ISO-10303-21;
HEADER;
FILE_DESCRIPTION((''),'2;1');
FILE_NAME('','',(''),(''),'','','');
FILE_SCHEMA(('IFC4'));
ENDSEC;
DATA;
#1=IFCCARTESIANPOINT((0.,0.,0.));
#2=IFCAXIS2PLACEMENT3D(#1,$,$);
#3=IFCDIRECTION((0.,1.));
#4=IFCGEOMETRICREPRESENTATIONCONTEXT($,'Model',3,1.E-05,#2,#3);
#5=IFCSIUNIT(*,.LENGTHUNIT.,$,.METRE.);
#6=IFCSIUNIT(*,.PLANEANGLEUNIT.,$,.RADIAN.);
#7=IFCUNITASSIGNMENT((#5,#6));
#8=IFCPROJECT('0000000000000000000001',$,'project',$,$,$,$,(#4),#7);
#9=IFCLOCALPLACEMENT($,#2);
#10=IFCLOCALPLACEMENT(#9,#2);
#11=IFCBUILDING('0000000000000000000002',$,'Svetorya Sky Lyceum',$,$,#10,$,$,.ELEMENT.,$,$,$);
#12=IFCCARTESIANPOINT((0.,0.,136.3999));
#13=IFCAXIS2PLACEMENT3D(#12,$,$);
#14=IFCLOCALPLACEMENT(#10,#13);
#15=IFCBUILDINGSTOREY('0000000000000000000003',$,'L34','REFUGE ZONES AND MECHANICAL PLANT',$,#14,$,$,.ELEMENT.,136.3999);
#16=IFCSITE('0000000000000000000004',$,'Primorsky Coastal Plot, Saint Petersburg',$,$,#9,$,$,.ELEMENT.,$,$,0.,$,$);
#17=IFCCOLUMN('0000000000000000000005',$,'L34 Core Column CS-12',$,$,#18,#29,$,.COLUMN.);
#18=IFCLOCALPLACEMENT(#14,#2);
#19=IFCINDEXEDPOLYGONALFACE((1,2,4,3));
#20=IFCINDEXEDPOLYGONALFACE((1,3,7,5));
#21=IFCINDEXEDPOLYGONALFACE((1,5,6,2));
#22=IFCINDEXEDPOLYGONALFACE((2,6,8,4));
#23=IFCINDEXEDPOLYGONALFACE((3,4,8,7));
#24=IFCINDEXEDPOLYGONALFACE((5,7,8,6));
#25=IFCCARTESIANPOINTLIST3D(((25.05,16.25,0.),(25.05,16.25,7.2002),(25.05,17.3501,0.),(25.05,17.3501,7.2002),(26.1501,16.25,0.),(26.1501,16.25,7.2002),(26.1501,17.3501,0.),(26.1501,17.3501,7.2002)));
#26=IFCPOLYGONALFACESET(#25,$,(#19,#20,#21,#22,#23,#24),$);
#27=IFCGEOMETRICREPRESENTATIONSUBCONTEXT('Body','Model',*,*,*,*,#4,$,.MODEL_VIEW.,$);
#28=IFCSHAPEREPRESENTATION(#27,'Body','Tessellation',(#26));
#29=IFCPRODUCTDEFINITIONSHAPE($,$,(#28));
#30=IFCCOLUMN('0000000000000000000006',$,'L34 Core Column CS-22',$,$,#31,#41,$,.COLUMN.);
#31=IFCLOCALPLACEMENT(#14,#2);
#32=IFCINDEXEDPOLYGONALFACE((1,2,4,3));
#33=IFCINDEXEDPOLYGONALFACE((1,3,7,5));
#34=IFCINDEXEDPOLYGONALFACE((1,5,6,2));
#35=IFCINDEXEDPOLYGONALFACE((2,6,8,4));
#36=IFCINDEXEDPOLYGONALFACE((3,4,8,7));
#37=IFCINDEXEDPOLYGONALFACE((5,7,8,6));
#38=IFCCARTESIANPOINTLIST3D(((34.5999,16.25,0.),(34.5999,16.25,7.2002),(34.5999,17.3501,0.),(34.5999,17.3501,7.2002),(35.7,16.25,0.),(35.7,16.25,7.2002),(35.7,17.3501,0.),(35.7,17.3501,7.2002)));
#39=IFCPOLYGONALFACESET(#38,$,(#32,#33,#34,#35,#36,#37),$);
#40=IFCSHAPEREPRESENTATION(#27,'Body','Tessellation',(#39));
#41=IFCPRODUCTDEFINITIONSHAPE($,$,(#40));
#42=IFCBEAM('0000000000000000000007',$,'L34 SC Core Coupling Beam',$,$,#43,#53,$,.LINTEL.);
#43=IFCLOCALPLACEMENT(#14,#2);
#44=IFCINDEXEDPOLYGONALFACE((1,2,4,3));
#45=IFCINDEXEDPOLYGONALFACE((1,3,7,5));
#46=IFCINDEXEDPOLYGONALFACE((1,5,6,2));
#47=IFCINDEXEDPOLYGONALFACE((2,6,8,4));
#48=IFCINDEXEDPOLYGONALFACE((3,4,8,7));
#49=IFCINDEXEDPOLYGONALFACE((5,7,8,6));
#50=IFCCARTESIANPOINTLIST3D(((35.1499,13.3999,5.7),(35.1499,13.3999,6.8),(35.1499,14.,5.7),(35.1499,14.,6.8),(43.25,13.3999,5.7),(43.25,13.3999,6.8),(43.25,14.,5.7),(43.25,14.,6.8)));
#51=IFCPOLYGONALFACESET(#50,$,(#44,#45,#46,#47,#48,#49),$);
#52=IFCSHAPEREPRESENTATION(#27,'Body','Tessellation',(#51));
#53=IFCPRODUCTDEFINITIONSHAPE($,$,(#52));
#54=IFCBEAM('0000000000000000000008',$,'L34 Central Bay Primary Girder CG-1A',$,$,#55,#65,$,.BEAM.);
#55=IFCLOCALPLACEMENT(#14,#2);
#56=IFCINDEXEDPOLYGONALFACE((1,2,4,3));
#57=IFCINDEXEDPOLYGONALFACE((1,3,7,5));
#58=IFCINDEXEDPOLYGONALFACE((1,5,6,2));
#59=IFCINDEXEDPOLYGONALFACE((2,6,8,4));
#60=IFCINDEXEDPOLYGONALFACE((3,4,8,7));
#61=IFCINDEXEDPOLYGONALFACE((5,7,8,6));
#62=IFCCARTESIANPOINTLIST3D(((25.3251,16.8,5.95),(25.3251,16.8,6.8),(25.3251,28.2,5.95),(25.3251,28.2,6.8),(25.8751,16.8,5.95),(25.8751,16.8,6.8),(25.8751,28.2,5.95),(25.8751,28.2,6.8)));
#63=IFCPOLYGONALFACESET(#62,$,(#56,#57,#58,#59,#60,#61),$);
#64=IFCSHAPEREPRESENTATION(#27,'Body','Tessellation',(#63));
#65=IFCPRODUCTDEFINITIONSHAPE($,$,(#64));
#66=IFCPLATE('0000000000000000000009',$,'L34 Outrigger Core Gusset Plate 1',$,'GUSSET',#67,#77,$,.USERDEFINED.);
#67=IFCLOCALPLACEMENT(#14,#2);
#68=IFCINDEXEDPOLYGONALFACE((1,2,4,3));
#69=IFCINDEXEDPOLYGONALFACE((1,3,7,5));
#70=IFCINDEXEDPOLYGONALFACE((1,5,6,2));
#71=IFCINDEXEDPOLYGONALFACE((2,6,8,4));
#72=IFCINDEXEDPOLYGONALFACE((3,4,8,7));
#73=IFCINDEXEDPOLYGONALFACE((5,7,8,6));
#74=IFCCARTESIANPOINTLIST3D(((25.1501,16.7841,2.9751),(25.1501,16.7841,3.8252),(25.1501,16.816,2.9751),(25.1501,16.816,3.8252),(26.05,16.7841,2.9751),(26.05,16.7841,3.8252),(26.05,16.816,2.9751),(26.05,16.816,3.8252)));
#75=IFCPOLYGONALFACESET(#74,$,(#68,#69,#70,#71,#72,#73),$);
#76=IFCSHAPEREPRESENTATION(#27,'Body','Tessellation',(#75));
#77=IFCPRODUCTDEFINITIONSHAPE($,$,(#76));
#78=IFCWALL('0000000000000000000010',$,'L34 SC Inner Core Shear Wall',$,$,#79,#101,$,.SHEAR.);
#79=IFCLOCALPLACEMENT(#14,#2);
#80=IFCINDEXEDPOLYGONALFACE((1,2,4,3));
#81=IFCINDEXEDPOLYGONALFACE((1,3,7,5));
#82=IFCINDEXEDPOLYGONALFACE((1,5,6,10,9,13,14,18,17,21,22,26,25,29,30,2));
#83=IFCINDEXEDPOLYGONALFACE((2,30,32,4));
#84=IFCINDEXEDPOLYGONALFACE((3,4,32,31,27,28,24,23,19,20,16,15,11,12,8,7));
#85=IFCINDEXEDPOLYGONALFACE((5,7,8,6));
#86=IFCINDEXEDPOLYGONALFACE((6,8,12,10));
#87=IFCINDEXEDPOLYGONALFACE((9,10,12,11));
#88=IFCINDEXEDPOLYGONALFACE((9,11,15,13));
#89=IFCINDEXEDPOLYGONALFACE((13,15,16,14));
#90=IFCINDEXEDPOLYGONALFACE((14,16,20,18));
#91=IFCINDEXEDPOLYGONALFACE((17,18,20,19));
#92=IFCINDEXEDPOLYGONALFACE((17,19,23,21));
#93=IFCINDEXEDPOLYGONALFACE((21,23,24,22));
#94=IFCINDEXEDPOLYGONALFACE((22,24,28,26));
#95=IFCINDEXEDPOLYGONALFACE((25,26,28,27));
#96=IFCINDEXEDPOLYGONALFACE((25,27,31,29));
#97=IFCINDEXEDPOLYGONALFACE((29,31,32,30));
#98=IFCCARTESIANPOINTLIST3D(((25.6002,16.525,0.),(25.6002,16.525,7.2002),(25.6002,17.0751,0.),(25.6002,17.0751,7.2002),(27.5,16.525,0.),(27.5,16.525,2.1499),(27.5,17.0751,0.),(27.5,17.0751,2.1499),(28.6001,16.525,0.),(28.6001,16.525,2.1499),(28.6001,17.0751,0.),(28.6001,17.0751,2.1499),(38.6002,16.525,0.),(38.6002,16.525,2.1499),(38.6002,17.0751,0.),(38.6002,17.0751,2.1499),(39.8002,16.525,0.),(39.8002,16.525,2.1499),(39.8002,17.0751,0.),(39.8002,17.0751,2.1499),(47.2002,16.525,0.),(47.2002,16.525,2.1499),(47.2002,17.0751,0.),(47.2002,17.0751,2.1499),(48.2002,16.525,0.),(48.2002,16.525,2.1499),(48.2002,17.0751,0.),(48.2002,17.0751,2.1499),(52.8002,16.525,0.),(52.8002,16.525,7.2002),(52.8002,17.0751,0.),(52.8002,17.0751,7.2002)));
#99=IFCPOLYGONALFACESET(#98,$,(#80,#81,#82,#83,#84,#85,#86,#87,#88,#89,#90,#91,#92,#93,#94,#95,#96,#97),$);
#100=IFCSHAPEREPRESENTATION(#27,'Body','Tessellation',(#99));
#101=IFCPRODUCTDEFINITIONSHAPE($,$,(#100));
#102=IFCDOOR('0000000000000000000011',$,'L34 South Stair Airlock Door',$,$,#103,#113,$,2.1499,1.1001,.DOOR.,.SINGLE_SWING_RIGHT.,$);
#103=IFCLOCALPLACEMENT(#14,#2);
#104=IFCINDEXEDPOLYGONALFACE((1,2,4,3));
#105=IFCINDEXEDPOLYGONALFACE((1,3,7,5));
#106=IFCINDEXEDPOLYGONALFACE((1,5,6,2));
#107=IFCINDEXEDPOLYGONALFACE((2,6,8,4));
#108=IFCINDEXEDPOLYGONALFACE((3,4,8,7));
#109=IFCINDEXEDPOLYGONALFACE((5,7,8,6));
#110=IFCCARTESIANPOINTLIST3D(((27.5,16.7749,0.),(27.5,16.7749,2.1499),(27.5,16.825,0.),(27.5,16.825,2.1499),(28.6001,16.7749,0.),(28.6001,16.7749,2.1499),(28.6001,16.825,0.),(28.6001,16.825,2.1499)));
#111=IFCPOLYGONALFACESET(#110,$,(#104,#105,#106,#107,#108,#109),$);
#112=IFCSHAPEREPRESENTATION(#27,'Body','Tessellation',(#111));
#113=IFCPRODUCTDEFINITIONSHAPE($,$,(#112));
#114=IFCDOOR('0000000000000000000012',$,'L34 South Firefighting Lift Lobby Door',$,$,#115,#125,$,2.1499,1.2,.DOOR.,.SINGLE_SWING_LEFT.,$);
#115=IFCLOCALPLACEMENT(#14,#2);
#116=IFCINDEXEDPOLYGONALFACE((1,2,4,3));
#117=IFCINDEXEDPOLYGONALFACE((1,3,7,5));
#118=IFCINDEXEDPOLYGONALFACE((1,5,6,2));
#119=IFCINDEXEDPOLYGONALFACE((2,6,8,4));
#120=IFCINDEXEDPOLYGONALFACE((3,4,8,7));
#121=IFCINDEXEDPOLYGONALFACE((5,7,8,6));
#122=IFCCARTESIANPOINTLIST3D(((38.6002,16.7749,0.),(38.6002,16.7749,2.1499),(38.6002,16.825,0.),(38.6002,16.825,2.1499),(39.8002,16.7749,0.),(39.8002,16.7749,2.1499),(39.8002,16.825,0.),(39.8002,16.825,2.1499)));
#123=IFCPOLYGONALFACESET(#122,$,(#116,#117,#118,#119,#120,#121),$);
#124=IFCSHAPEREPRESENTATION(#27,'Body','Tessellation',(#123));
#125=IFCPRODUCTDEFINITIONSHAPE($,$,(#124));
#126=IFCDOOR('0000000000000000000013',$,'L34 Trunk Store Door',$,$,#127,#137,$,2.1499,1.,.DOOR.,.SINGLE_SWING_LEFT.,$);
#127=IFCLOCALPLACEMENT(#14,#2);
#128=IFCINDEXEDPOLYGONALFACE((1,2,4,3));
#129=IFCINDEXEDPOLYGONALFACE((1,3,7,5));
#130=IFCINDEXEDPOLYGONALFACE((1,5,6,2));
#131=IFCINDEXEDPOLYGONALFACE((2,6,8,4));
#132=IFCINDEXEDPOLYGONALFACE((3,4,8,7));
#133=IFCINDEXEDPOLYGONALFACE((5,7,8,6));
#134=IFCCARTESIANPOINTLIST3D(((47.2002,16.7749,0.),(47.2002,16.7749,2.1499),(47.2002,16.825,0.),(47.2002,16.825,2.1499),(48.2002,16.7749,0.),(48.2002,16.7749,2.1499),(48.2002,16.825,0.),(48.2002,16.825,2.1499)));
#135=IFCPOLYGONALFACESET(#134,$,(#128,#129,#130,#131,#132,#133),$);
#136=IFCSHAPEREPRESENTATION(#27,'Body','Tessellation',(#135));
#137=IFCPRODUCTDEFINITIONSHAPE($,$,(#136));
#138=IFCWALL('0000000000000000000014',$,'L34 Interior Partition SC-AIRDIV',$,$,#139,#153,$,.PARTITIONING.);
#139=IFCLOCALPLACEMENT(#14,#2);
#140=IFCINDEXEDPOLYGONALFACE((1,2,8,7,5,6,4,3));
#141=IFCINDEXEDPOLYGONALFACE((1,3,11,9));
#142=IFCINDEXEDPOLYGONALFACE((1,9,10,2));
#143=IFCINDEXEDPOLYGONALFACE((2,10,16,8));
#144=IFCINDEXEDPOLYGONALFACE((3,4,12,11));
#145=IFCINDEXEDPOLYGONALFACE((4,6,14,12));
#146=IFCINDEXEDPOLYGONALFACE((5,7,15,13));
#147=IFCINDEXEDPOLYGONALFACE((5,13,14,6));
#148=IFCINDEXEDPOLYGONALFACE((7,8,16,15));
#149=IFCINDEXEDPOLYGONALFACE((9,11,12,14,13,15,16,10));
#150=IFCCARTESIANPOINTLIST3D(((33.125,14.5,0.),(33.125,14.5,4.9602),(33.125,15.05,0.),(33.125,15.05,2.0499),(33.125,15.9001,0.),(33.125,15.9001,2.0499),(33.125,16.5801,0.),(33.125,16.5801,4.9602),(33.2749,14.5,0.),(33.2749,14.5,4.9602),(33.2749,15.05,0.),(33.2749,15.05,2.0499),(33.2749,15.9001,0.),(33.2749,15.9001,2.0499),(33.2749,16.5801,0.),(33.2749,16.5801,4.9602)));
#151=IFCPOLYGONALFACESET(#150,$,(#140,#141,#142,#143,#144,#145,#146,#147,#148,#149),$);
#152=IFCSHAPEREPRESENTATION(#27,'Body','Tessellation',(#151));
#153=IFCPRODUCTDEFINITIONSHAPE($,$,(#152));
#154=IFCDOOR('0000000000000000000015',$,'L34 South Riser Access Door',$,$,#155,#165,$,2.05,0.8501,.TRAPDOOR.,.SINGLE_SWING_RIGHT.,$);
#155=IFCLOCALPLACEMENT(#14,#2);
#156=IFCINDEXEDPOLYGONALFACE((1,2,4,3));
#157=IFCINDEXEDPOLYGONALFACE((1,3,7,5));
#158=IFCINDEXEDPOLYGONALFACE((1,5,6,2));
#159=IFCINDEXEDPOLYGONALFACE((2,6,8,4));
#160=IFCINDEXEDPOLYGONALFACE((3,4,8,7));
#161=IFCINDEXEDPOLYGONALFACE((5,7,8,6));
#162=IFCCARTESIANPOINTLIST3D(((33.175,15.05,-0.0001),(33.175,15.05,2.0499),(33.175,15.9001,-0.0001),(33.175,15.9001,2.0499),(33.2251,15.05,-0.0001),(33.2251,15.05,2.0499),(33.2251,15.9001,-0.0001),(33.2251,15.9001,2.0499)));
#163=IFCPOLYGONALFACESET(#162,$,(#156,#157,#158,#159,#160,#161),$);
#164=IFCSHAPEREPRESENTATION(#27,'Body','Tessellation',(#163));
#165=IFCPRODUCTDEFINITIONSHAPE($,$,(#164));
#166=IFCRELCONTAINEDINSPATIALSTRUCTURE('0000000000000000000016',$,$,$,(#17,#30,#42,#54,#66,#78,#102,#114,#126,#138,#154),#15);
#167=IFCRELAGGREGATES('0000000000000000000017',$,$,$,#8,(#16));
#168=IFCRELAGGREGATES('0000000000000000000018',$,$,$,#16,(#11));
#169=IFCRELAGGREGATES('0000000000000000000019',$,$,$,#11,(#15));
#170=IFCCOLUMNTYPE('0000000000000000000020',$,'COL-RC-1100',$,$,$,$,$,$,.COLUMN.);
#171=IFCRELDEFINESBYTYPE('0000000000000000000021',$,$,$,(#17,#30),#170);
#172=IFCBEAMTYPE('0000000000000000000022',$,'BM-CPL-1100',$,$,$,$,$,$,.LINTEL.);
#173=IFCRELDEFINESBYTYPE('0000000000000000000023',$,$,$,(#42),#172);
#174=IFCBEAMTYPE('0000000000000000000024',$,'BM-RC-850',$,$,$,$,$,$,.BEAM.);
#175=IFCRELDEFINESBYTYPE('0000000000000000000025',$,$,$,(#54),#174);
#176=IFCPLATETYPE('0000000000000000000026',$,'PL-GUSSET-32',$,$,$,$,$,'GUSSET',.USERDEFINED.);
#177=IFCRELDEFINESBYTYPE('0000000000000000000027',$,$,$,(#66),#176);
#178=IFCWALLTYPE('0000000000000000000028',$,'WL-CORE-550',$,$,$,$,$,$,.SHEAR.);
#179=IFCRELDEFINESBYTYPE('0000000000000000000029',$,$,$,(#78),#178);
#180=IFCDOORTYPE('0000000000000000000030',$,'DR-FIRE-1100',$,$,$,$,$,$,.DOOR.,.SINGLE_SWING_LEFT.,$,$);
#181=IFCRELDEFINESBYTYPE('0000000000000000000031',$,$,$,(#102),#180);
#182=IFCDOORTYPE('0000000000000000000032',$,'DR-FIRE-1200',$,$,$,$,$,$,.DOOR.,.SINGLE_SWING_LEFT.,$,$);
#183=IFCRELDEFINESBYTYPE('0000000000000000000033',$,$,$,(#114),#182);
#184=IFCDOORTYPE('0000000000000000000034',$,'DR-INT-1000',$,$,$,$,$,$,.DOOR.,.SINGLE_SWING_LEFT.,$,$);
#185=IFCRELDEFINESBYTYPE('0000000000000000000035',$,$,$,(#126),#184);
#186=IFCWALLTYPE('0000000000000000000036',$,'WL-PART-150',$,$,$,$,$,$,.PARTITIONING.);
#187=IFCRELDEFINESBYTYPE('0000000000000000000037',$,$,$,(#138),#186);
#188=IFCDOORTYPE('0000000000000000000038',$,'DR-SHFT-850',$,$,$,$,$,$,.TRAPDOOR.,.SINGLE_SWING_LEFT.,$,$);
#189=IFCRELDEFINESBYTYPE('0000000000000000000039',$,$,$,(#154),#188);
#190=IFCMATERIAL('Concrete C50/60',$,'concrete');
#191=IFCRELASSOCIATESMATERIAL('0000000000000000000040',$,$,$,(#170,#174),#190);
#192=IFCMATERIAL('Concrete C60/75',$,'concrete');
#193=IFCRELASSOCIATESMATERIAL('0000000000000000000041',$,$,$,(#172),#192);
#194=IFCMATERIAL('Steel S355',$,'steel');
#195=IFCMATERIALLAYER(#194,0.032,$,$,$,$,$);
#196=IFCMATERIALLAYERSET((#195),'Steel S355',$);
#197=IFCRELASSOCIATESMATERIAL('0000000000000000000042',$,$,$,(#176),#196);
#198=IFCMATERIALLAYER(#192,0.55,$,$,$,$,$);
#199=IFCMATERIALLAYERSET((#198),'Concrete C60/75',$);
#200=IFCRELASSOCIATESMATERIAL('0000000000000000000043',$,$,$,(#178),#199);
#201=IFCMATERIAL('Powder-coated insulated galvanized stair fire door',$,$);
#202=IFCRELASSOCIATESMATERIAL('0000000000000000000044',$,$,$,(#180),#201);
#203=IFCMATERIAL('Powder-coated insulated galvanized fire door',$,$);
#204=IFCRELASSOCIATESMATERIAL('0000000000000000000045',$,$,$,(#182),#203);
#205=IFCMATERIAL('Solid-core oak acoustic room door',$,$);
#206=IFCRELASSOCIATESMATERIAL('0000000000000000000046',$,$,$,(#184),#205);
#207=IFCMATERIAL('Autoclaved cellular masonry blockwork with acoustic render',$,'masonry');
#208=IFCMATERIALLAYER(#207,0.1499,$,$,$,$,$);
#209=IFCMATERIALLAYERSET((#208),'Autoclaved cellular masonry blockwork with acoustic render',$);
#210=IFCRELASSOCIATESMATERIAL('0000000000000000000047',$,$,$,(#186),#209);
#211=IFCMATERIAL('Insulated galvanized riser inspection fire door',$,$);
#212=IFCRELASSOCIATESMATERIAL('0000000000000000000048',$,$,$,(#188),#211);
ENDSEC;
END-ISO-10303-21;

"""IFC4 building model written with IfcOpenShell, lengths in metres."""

from ifc_helpers import new_model, si_unit, direction, frame, frame_2d, origin, origin_2d, place, context, subcontext, project, spatial, rectangle, extrude, material, layer, layer_set, material_profile, profile_set, type_object, element, fill, save


model = new_model("IFC4")

# Units and contexts
model_context = context("Model", 3, precision=1e-05, world=origin(), true_north=direction((0.0, 1.0)))
body_context = subcontext(model_context, "Body", "Model", "MODEL_VIEW")
ifc_project = project(units=[si_unit("LENGTHUNIT", "METRE"), si_unit("PLANEANGLEUNIT", "RADIAN")], contexts=[model_context])

# Site, building, storey
site_placement = place(None, origin())
site = spatial("IfcSite", under=ifc_project, at=site_placement, Name="Primorsky Coastal Plot, Saint Petersburg", CompositionType="ELEMENT", RefElevation=0.0)
building_placement = place(site_placement, origin())
building = spatial("IfcBuilding", under=site, at=building_placement, Name="Svetorya Sky Lyceum", CompositionType="ELEMENT")
storey_placement = place(building_placement, frame((0.0, 0.0, 136.3999)))
storey = spatial("IfcBuildingStorey", under=building, at=storey_placement, Name="L34", Description="REFUGE ZONES AND MECHANICAL PLANT", CompositionType="ELEMENT", Elevation=136.3999)

# Columns
ifc_material_1 = material(Name="Concrete C50/60", Category="concrete")
ifc_material_profile_1 = material_profile(ifc_material_1, rectangle(XDim=1.1001, YDim=1.1001, at=origin_2d()), Name="RC COL 1100x1100")
ifc_profile_set_1 = profile_set([ifc_material_profile_1], Name="Concrete C50/60")
column_type = type_object("IfcColumnType", Name="COL-RC-1100", PredefinedType="COLUMN", material=ifc_profile_set_1)
for number, where, z_axis, x_axis, name in (
    (1, (25.6001, 16.8, 0.0), (0.0, 0.0, 1.0), (1.0, 0.0, 0.0), "L34 Core Column CS-12"),
    (2, (35.1499, 16.8, 0.0), (0.0, 0.0, 1.0), (1.0, 0.0, 0.0), "L34 Core Column CS-22"),
):
    element("IfcColumn", number, at=place(storey_placement, frame(where, z_axis=z_axis, x_axis=x_axis)), inside=storey, type_object=column_type, Name=name, PredefinedType="COLUMN", context=body_context, shape_type="SweptSolid", body=[
        extrude(rectangle(XDim=1.1001, YDim=1.1001, at=origin_2d()), origin(), (0.0, 0.0, 1.0), 7.2002),
    ])

# Beams
ifc_material_2 = material(Name="Concrete C60/75", Category="concrete")
ifc_material_profile_2 = material_profile(ifc_material_2, rectangle(XDim=0.6001, YDim=1.1001, at=origin_2d()), Name="RC COUPLING 600x1100")
ifc_profile_set_2 = profile_set([ifc_material_profile_2], Name="Concrete C60/75")
beam_type_1 = type_object("IfcBeamType", Name="BM-CPL-1100", PredefinedType="LINTEL", material=ifc_profile_set_2)
beam_1_placement = place(storey_placement, frame((35.1499, 13.7, 6.25), z_axis=(1.0, 0.0, 0.0), x_axis=(0.0, 1.0, 0.0)))
element("IfcBeam", 3, at=beam_1_placement, inside=storey, type_object=beam_type_1, Name="L34 SC Core Coupling Beam", PredefinedType="LINTEL", context=body_context, shape_type="SweptSolid", body=[
    extrude(rectangle(XDim=0.6001, YDim=1.1001, at=origin_2d()), origin(), (0.0, 0.0, 1.0), 8.1001),
])
ifc_material_profile_3 = material_profile(ifc_material_1, rectangle(XDim=0.55, YDim=0.8501, at=origin_2d()), Name="RC BEAM 550x850")
ifc_profile_set_3 = profile_set([ifc_material_profile_3], Name="Concrete C50/60")
beam_type_2 = type_object("IfcBeamType", Name="BM-RC-850", PredefinedType="BEAM", material=ifc_profile_set_3)
beam_2_placement = place(storey_placement, frame((25.6001, 16.8, 6.375), z_axis=(0.0, 1.0, 0.0), x_axis=(-1.0, 0.0, 0.0)))
element("IfcBeam", 4, at=beam_2_placement, inside=storey, type_object=beam_type_2, Name="L34 Central Bay Primary Girder CG-1A", PredefinedType="BEAM", context=body_context, shape_type="SweptSolid", body=[
    extrude(rectangle(XDim=0.55, YDim=0.8501, at=origin_2d()), origin(), (0.0, 0.0, 1.0), 11.3999),
])

# Plate
ifc_material_3 = material(Name="Steel S355", Category="steel")
ifc_layer_1 = layer(ifc_material_3, 0.032)
ifc_layer_set_1 = layer_set([ifc_layer_1], Name="Steel S355")
plate_type = type_object("IfcPlateType", Name="PL-GUSSET-32", ElementType="GUSSET", PredefinedType="USERDEFINED", material=ifc_layer_set_1)
plate_placement = place(storey_placement, frame((25.6001, 16.8, 2.9751), z_axis=(0.0, 0.0, 1.0), x_axis=(1.0, 0.0, 0.0)))
element("IfcPlate", 5, at=plate_placement, inside=storey, type_object=plate_type, Name="L34 Outrigger Core Gusset Plate 1", ObjectType="GUSSET", PredefinedType="USERDEFINED", context=body_context, shape_type="SweptSolid", body=[
    extrude(rectangle(XDim=0.8999, YDim=0.032, at=origin_2d()), origin(), (0.0, 0.0, 1.0), 0.8501),
])

# Wall, openings, doors
ifc_layer_2 = layer(ifc_material_2, 0.55)
ifc_layer_set_2 = layer_set([ifc_layer_2], Name="Concrete C60/75")
wall_type_1 = type_object("IfcWallType", Name="WL-CORE-550", PredefinedType="SHEAR", material=ifc_layer_set_2)
wall_1_placement = place(storey_placement, frame((25.6001, 16.8, 0.0), z_axis=(0.0, 0.0, 1.0), x_axis=(1.0, 0.0, 0.0)))
wall_1 = element("IfcWall", 6, at=wall_1_placement, inside=storey, type_object=wall_type_1, Name="L34 SC Inner Core Shear Wall", PredefinedType="SHEAR", context=body_context, shape_type="SweptSolid", body=[
    extrude(rectangle(XDim=27.2, YDim=0.55, at=frame_2d((13.6001, 0.0))), origin(), (0.0, 0.0, 1.0), 7.2002),
])
opening_1_placement = place(wall_1_placement, frame((1.8999, 0.0, 0.0)))
opening_1 = element("IfcOpeningElement", 7, at=opening_1_placement, cuts=wall_1, PredefinedType="OPENING", context=body_context, shape_type="SweptSolid", body=[
    extrude(rectangle(XDim=1.1001, YDim=2.1499, at=frame_2d((0.55, 1.075))), frame((0.0, 0.2849, 0.0), z_axis=(0.0, -1.0, 0.0), x_axis=(1.0, 0.0, 0.0)), (0.0, 0.0, 1.0), 0.5701),
])
opening_2_placement = place(wall_1_placement, frame((13.0, 0.0, 0.0)))
opening_2 = element("IfcOpeningElement", 8, at=opening_2_placement, cuts=wall_1, PredefinedType="OPENING", context=body_context, shape_type="SweptSolid", body=[
    extrude(rectangle(XDim=1.2, YDim=2.1499, at=frame_2d((0.6001, 1.075))), frame((0.0, 0.2849, 0.0), z_axis=(0.0, -1.0, 0.0), x_axis=(1.0, 0.0, 0.0)), (0.0, 0.0, 1.0), 0.5701),
])
opening_3_placement = place(wall_1_placement, frame((21.6001, 0.0, 0.0)))
opening_3 = element("IfcOpeningElement", 9, at=opening_3_placement, cuts=wall_1, PredefinedType="OPENING", context=body_context, shape_type="SweptSolid", body=[
    extrude(rectangle(XDim=1.0, YDim=2.1499, at=frame_2d((0.5, 1.075))), frame((0.0, 0.2849, 0.0), z_axis=(0.0, -1.0, 0.0), x_axis=(1.0, 0.0, 0.0)), (0.0, 0.0, 1.0), 0.5701),
])
ifc_material_4 = material(Name="Powder-coated insulated galvanized stair fire door")
door_type_1 = type_object("IfcDoorType", Name="DR-FIRE-1100", OperationType="SINGLE_SWING_LEFT", PredefinedType="DOOR", material=ifc_material_4)
door_1_placement = place(opening_1_placement, origin())
door_1 = element("IfcDoor", 10, at=door_1_placement, inside=storey, type_object=door_type_1, Name="L34 South Stair Airlock Door", OperationType="SINGLE_SWING_RIGHT", OverallHeight=2.1499, OverallWidth=1.1001, PredefinedType="DOOR", context=body_context, shape_type="SweptSolid", body=[
    extrude(rectangle(XDim=1.1001, YDim=2.1499, at=frame_2d((0.55, 1.075))), frame((0.0, 0.0249, 0.0), z_axis=(0.0, -1.0, 0.0), x_axis=(1.0, 0.0, 0.0)), (0.0, 0.0, 1.0), 0.05),
])
fill(opening_1, door_1)
ifc_material_5 = material(Name="Powder-coated insulated galvanized fire door")
door_type_2 = type_object("IfcDoorType", Name="DR-FIRE-1200", OperationType="SINGLE_SWING_LEFT", PredefinedType="DOOR", material=ifc_material_5)
door_2_placement = place(opening_2_placement, origin())
door_2 = element("IfcDoor", 11, at=door_2_placement, inside=storey, type_object=door_type_2, Name="L34 South Firefighting Lift Lobby Door", OperationType="SINGLE_SWING_LEFT", OverallHeight=2.1499, OverallWidth=1.2, PredefinedType="DOOR", context=body_context, shape_type="SweptSolid", body=[
    extrude(rectangle(XDim=1.2, YDim=2.1499, at=frame_2d((0.6001, 1.075))), frame((0.0, 0.0249, 0.0), z_axis=(0.0, -1.0, 0.0), x_axis=(1.0, 0.0, 0.0)), (0.0, 0.0, 1.0), 0.05),
])
fill(opening_2, door_2)
ifc_material_6 = material(Name="Solid-core oak acoustic room door")
door_type_3 = type_object("IfcDoorType", Name="DR-INT-1000", OperationType="SINGLE_SWING_LEFT", PredefinedType="DOOR", material=ifc_material_6)
door_3_placement = place(opening_3_placement, origin())
door_3 = element("IfcDoor", 12, at=door_3_placement, inside=storey, type_object=door_type_3, Name="L34 Trunk Store Door", OperationType="SINGLE_SWING_LEFT", OverallHeight=2.1499, OverallWidth=1.0, PredefinedType="DOOR", context=body_context, shape_type="SweptSolid", body=[
    extrude(rectangle(XDim=1.0, YDim=2.1499, at=frame_2d((0.5, 1.075))), frame((0.0, 0.0249, 0.0), z_axis=(0.0, -1.0, 0.0), x_axis=(1.0, 0.0, 0.0)), (0.0, 0.0, 1.0), 0.05),
])
fill(opening_3, door_3)

# Wall, opening, door
ifc_material_7 = material(Name="Autoclaved cellular masonry blockwork with acoustic render", Category="masonry")
ifc_layer_3 = layer(ifc_material_7, 0.1499)
ifc_layer_set_3 = layer_set([ifc_layer_3], Name="Autoclaved cellular masonry blockwork with acoustic render")
wall_type_2 = type_object("IfcWallType", Name="WL-PART-150", PredefinedType="PARTITIONING", material=ifc_layer_set_3)
wall_2_placement = place(storey_placement, frame((33.2, 14.5, 0.0), z_axis=(0.0, 0.0, 1.0), x_axis=(0.0, 1.0, 0.0)))
wall_2 = element("IfcWall", 13, at=wall_2_placement, inside=storey, type_object=wall_type_2, Name="L34 Interior Partition SC-AIRDIV", PredefinedType="PARTITIONING", context=body_context, shape_type="SweptSolid", body=[
    extrude(rectangle(XDim=2.0801, YDim=0.1499, at=frame_2d((1.04, 0.0))), origin(), (0.0, 0.0, 1.0), 4.9602),
])
opening_4_placement = place(wall_2_placement, frame((0.55, 0.0, 0.0)))
opening_4 = element("IfcOpeningElement", 14, at=opening_4_placement, cuts=wall_2, PredefinedType="OPENING", context=body_context, shape_type="SweptSolid", body=[
    extrude(rectangle(XDim=0.8501, YDim=2.05, at=frame_2d((0.425, 1.0249))), frame((0.0, 0.085, 0.0), z_axis=(0.0, -1.0, 0.0), x_axis=(1.0, 0.0, 0.0)), (0.0, 0.0, 1.0), 0.1699),
])
ifc_material_8 = material(Name="Insulated galvanized riser inspection fire door")
door_type_4 = type_object("IfcDoorType", Name="DR-SHFT-850", OperationType="SINGLE_SWING_LEFT", PredefinedType="TRAPDOOR", material=ifc_material_8)
door_4_placement = place(opening_4_placement, origin())
door_4 = element("IfcDoor", 15, at=door_4_placement, inside=storey, type_object=door_type_4, Name="L34 South Riser Access Door", OperationType="SINGLE_SWING_RIGHT", OverallHeight=2.05, OverallWidth=0.8501, PredefinedType="TRAPDOOR", context=body_context, shape_type="SweptSolid", body=[
    extrude(rectangle(XDim=0.8501, YDim=2.05, at=frame_2d((0.425, 1.0249))), frame((0.0, 0.0249, 0.0), z_axis=(0.0, -1.0, 0.0), x_axis=(1.0, 0.0, 0.0)), (0.0, 0.0, 1.0), 0.05),
])
fill(opening_4, door_4)

save(model, "model.ifc")
